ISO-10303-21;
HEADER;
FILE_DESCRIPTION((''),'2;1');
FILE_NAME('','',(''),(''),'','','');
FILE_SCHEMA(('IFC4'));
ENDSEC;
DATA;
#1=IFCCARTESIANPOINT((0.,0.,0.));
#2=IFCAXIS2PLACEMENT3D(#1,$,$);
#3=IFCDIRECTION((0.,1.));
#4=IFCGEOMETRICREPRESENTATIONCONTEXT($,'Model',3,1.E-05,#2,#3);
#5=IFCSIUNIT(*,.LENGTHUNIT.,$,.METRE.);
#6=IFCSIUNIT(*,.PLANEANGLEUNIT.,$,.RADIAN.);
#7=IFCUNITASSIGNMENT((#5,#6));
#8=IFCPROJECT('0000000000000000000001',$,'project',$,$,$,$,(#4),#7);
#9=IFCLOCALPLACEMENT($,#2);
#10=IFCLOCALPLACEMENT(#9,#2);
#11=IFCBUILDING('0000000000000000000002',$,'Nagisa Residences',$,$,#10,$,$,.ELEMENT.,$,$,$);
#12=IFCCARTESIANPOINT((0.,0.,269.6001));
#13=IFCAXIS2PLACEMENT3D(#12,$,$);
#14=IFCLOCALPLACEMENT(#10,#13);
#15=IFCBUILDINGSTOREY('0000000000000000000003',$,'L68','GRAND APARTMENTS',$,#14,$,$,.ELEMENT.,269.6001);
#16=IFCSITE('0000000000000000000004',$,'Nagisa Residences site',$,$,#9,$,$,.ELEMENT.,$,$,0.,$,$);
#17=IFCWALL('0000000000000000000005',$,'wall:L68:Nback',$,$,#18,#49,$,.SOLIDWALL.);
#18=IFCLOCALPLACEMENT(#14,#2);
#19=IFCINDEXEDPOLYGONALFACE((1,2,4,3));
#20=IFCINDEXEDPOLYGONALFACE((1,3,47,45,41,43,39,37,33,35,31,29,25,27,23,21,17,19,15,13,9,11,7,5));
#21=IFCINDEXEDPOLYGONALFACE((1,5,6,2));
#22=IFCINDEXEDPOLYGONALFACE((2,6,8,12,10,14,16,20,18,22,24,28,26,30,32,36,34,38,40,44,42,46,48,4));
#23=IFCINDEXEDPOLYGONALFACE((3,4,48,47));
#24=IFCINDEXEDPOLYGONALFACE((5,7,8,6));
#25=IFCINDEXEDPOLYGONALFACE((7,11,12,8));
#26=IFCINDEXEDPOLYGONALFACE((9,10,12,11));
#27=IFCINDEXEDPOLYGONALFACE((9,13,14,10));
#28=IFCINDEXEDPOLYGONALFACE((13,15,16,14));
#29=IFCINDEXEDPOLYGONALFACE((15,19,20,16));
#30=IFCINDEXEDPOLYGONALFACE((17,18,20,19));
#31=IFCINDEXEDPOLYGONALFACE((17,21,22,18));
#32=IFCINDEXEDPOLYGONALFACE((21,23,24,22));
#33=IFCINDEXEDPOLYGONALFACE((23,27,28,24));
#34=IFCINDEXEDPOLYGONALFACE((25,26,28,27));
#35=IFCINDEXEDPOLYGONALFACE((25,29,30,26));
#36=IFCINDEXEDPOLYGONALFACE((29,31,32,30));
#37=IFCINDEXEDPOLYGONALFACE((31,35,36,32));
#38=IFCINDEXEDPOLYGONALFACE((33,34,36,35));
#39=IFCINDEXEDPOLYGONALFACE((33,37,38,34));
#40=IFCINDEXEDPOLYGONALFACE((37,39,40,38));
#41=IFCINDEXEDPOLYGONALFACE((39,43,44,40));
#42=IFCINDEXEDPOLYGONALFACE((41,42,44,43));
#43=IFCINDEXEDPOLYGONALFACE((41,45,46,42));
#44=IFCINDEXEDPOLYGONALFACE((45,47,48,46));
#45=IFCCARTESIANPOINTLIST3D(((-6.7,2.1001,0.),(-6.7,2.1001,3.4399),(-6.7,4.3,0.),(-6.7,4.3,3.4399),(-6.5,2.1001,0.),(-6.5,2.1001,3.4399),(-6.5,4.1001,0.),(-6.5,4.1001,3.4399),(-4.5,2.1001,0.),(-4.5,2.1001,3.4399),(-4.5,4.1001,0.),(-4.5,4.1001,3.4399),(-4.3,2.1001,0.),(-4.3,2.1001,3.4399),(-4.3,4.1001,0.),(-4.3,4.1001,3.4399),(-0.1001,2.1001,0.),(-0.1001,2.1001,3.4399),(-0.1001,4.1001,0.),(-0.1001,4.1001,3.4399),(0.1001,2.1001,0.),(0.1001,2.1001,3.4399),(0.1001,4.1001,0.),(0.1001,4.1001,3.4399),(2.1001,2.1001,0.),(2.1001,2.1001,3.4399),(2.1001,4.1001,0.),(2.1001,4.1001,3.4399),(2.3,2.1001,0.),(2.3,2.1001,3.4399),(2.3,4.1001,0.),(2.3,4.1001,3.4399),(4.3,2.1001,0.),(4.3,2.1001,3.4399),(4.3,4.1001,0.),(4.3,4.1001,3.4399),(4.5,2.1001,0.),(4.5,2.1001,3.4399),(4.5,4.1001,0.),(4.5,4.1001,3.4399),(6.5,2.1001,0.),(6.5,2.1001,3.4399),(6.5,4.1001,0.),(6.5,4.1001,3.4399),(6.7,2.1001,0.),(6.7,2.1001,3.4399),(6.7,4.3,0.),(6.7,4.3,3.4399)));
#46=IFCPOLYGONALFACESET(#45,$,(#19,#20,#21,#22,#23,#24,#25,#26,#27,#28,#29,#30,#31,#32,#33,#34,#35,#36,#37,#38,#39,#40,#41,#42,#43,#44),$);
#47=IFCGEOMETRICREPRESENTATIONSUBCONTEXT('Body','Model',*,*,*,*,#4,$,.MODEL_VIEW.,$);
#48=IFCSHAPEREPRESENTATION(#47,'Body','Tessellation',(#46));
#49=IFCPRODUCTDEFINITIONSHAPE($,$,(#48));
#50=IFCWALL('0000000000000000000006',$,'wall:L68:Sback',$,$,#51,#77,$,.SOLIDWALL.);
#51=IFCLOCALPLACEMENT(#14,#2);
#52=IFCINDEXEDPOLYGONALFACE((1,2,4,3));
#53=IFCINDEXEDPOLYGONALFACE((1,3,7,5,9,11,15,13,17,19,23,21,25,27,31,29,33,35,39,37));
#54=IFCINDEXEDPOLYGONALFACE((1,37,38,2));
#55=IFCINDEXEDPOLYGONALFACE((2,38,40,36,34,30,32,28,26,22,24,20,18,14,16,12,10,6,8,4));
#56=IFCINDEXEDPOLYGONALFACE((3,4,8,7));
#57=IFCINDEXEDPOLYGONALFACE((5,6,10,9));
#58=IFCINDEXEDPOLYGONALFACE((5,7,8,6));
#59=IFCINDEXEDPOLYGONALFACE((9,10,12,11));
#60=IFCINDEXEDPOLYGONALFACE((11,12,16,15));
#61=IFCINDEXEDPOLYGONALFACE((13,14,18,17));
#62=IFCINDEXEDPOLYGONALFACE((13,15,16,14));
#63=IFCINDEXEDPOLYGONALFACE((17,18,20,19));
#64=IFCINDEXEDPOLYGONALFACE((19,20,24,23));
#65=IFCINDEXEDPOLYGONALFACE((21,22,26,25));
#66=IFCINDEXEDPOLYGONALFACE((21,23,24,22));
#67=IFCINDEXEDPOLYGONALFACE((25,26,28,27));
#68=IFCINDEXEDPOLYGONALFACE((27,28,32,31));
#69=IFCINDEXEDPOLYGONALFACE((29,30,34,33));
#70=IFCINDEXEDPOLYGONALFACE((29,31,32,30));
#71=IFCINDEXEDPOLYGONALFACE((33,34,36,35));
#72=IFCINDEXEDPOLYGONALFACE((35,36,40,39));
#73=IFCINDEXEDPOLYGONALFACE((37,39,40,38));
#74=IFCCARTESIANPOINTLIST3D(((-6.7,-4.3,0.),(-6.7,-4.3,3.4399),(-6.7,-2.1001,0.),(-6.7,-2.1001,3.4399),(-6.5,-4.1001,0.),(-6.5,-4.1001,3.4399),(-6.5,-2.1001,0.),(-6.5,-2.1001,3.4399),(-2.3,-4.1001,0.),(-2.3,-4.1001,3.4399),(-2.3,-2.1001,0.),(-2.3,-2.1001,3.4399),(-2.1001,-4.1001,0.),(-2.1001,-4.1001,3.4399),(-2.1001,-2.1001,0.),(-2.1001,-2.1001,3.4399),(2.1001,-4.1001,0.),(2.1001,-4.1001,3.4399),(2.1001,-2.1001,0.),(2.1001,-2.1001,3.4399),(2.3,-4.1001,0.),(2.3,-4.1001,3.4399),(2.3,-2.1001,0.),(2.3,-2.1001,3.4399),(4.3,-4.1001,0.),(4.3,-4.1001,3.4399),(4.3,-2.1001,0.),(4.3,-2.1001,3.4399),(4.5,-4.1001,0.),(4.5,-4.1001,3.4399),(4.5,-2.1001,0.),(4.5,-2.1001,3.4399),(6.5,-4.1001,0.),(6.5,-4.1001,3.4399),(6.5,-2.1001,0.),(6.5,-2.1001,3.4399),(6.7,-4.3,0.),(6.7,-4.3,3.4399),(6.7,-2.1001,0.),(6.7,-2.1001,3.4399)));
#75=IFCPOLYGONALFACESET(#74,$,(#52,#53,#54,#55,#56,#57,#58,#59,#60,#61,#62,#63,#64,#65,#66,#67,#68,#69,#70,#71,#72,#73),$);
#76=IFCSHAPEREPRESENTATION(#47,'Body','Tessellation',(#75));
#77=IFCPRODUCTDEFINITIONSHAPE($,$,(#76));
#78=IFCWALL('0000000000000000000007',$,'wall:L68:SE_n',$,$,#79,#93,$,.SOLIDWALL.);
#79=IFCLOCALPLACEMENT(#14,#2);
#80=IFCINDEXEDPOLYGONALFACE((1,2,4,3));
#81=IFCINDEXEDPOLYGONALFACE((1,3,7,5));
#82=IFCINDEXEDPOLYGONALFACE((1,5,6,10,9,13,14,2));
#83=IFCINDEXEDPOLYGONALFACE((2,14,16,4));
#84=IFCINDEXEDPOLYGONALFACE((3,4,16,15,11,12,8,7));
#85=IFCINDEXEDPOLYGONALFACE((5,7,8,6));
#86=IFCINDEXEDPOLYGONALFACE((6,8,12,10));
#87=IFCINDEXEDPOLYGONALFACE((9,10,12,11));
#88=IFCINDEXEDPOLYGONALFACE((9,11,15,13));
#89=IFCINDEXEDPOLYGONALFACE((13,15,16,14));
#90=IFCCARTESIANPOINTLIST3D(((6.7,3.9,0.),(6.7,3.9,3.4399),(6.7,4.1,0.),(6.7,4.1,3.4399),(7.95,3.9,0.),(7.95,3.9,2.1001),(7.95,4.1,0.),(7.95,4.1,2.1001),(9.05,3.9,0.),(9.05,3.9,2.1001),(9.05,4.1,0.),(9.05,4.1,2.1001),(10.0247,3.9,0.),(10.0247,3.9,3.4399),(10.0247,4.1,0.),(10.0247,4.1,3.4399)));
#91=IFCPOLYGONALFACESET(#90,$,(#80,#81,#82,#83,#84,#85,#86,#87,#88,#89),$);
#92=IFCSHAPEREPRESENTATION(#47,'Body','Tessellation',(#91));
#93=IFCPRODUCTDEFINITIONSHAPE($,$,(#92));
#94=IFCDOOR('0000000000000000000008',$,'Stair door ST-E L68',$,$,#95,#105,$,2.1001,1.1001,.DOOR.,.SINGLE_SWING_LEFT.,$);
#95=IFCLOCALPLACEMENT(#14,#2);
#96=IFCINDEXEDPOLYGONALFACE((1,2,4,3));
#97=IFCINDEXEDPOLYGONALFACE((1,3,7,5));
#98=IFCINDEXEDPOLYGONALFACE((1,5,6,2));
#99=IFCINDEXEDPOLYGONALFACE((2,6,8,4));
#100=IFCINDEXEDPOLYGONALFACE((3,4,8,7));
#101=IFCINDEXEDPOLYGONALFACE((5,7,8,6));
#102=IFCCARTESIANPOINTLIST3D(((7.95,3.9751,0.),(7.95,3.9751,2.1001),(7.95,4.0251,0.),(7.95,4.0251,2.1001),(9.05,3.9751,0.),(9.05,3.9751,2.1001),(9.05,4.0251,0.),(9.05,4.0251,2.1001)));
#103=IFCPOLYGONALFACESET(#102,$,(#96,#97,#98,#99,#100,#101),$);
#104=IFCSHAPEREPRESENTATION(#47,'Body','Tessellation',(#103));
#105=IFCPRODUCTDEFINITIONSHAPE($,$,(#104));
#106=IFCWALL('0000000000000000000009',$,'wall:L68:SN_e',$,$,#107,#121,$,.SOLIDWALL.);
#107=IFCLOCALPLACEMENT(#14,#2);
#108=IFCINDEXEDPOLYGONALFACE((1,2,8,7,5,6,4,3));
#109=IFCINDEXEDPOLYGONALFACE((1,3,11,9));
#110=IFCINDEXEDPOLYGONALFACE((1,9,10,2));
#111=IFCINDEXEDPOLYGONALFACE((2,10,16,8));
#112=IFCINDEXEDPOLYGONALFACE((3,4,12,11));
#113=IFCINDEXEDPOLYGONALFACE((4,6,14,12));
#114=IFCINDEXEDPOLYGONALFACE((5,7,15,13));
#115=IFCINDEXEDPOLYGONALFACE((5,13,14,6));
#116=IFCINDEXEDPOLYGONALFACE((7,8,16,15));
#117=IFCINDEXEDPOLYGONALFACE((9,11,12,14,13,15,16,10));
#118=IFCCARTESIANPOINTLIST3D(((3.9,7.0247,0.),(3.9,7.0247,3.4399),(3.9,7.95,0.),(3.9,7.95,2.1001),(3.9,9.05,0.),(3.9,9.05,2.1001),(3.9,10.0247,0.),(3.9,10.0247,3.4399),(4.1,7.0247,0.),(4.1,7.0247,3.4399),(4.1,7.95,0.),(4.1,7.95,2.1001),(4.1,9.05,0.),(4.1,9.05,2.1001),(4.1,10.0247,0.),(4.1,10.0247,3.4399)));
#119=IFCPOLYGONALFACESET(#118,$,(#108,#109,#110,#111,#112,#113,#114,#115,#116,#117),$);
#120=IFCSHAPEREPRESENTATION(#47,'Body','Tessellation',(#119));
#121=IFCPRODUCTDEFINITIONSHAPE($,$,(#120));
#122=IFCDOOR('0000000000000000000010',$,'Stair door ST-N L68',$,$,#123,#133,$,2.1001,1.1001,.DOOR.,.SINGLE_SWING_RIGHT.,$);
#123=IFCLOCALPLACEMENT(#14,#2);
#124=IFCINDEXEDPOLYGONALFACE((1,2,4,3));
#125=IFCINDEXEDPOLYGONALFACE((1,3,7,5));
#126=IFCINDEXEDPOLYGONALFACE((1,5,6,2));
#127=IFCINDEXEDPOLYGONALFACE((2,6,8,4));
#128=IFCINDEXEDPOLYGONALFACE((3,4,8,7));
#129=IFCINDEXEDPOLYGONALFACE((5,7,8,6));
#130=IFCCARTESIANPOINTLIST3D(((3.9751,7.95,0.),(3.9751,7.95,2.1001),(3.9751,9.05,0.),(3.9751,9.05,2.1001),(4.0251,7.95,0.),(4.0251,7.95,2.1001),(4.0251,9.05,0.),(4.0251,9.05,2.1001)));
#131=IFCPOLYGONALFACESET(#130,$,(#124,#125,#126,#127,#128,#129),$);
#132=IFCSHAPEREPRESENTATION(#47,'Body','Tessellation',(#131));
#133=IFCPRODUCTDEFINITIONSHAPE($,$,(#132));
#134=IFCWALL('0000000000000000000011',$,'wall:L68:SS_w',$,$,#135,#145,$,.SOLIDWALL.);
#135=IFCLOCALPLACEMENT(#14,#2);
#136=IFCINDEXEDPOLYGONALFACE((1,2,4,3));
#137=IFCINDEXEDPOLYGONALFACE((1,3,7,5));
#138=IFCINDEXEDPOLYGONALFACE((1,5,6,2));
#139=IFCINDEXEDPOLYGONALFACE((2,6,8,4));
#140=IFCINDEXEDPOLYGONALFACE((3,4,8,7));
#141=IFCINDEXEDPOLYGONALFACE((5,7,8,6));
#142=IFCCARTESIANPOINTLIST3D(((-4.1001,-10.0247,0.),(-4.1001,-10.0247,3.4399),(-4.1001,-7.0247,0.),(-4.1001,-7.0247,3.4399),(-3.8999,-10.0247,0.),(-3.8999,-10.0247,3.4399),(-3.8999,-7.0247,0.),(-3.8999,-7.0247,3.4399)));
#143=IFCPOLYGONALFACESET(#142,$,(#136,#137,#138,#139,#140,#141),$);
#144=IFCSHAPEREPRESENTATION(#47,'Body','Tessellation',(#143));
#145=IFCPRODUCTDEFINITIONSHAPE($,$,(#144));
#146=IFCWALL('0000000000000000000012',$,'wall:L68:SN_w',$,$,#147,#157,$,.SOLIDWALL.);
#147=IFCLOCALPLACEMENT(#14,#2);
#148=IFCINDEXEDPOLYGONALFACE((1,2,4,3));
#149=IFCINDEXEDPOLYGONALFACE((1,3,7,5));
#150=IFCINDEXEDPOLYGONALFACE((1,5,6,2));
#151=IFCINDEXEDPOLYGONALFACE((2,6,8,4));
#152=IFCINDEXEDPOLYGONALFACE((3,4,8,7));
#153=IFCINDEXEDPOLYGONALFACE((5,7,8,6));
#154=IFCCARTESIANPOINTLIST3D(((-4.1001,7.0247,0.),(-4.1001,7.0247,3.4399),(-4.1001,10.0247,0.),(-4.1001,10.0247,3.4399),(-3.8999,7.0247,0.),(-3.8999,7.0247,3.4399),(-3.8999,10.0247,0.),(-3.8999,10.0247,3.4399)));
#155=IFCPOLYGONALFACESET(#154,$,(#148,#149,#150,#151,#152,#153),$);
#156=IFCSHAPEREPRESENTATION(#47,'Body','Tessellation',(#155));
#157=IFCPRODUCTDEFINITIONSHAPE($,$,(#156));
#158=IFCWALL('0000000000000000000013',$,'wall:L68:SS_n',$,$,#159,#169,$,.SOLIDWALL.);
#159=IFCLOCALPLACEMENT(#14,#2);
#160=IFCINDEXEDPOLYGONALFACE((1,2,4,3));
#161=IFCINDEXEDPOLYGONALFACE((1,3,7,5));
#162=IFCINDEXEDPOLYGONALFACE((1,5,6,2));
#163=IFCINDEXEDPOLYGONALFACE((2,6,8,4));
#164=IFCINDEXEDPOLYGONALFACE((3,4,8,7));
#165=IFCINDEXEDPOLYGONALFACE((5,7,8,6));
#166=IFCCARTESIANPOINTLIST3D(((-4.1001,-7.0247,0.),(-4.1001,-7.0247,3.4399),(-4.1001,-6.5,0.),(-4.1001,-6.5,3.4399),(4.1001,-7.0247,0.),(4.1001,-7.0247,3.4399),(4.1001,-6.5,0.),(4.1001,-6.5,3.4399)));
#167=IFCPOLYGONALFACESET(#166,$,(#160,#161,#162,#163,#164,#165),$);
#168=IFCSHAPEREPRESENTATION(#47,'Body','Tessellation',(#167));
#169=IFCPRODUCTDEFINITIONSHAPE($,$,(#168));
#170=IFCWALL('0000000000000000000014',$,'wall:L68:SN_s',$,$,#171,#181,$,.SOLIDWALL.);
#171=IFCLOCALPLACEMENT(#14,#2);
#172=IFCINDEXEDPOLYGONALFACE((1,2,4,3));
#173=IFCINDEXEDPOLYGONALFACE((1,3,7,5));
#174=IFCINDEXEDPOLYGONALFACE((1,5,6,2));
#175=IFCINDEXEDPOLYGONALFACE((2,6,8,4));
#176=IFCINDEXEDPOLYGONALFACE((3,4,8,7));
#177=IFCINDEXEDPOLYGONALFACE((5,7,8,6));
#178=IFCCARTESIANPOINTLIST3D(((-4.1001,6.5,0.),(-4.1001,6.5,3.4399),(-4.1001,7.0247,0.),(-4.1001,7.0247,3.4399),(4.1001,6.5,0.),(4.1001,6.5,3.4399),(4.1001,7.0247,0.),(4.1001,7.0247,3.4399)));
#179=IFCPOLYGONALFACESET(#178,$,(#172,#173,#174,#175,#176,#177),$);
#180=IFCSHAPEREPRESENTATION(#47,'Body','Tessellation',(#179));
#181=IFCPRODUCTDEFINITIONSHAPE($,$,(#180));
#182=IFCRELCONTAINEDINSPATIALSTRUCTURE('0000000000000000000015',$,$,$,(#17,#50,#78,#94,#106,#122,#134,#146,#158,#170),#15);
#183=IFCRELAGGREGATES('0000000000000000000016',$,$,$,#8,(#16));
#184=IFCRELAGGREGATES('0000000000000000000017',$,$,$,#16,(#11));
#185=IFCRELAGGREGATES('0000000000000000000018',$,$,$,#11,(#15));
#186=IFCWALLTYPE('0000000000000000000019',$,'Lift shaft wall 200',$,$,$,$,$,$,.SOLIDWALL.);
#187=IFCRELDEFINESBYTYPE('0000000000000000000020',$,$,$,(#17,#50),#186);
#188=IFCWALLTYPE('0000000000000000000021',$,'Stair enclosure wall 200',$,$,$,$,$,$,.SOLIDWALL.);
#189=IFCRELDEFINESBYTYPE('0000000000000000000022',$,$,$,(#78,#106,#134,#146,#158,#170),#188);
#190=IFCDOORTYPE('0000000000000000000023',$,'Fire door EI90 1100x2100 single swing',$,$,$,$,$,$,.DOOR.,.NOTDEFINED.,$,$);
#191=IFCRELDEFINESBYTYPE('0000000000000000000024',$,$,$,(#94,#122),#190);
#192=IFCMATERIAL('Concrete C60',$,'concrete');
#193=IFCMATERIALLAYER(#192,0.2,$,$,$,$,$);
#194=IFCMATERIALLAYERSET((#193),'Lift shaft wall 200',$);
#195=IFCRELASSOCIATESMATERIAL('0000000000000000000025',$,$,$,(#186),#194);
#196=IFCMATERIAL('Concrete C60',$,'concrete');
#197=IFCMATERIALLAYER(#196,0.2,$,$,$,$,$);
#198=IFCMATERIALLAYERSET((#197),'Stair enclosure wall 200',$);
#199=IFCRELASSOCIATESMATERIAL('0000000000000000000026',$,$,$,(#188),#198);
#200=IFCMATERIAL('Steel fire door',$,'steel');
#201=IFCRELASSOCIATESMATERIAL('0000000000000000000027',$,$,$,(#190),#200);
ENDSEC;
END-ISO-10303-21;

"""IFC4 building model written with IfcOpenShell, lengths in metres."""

from ifc_helpers import new_model, si_unit, direction, frame, frame_2d, origin, place, context, subcontext, project, spatial, polyline, rectangle, outline, extrude, material, layer, layer_set, type_object, element, fill, save


model = new_model("IFC4")

# Units and contexts
model_context = context("Model", 3, precision=1e-05, world=origin(), true_north=direction((0.0, 1.0)))
body_context = subcontext(model_context, "Body", "Model", "MODEL_VIEW")
ifc_project = project(units=[si_unit("LENGTHUNIT", "METRE"), si_unit("PLANEANGLEUNIT", "RADIAN")], contexts=[model_context])

# Site, building, storey
site_placement = place(None, origin())
site = spatial("IfcSite", under=ifc_project, at=site_placement, Name="Nagisa Residences site", CompositionType="ELEMENT", RefElevation=0.0)
building_placement = place(site_placement, origin())
building = spatial("IfcBuilding", under=site, at=building_placement, Name="Nagisa Residences", CompositionType="ELEMENT")
storey_placement = place(building_placement, frame((0.0, 0.0, 269.6001)))
storey = spatial("IfcBuildingStorey", under=building, at=storey_placement, Name="L68", Description="GRAND APARTMENTS", CompositionType="ELEMENT", Elevation=269.6001)

# Shared definitions
ifc_material_1 = material(Name="Concrete C60", Category="concrete")
ifc_layer_1 = layer(ifc_material_1, 0.2)
ifc_layer_set_1 = layer_set([ifc_layer_1], Name="Lift shaft wall 200")
wall_type_1 = type_object("IfcWallType", Name="Lift shaft wall 200", PredefinedType="SOLIDWALL", material=ifc_layer_set_1)

# Walls
wall_1_placement = place(storey_placement, origin())
element("IfcWall", 1, at=wall_1_placement, inside=storey, type_object=wall_type_1, Name="wall:L68:Nback", PredefinedType="SOLIDWALL", context=body_context, shape_type="SweptSolid", body=[
    extrude(outline(polyline([(-6.7, 4.3), (6.7, 4.3), (6.7, 2.1001), (6.5, 2.1001), (6.5, 4.1001), (4.5, 4.1001), (4.5, 2.1001), (4.3, 2.1001), (4.3, 4.1001), (2.3, 4.1001), (2.3, 2.1001), (2.1001, 2.1001), (2.1001, 4.1001), (0.1001, 4.1001), (0.1001, 2.1001), (-0.1001, 2.1001), (-0.1001, 4.1001), (-4.3, 4.1001), (-4.3, 2.1001), (-4.5, 2.1001), (-4.5, 4.1001), (-6.5, 4.1001), (-6.5, 2.1001), (-6.7, 2.1001), (-6.7, 4.3)])), origin(), (0.0, 0.0, 1.0), 3.4399),
])
wall_2_placement = place(storey_placement, origin())
element("IfcWall", 2, at=wall_2_placement, inside=storey, type_object=wall_type_1, Name="wall:L68:Sback", PredefinedType="SOLIDWALL", context=body_context, shape_type="SweptSolid", body=[
    extrude(outline(polyline([(-6.7, -2.1001), (-6.5, -2.1001), (-6.5, -4.1001), (-2.3, -4.1001), (-2.3, -2.1001), (-2.1001, -2.1001), (-2.1001, -4.1001), (2.1001, -4.1001), (2.1001, -2.1001), (2.3, -2.1001), (2.3, -4.1001), (4.3, -4.1001), (4.3, -2.1001), (4.5, -2.1001), (4.5, -4.1001), (6.5, -4.1001), (6.5, -2.1001), (6.7, -2.1001), (6.7, -4.3), (-6.7, -4.3), (-6.7, -2.1001)])), origin(), (0.0, 0.0, 1.0), 3.4399),
])

# Walls, openings, doors
ifc_material_2 = material(Name="Concrete C60", Category="concrete")
ifc_layer_2 = layer(ifc_material_2, 0.2)
ifc_layer_set_2 = layer_set([ifc_layer_2], Name="Stair enclosure wall 200")
wall_type_2 = type_object("IfcWallType", Name="Stair enclosure wall 200", PredefinedType="SOLIDWALL", material=ifc_layer_set_2)
wall_3_placement = place(storey_placement, frame((6.7, 4.0, 0.0), z_axis=(0.0, 0.0, 1.0), x_axis=(1.0, 0.0, 0.0)))
wall_3 = element("IfcWall", 3, at=wall_3_placement, inside=storey, type_object=wall_type_2, Name="wall:L68:SE_n", PredefinedType="SOLIDWALL", context=body_context, shape_type="SweptSolid", body=[
    extrude(rectangle(XDim=3.3247, YDim=0.2, at=frame_2d((1.6624, 0.0))), origin(), (0.0, 0.0, 1.0), 3.4399),
])
opening_1_placement = place(wall_3_placement, frame((1.25, 0.0, 0.0)))
opening_1 = element("IfcOpeningElement", 4, at=opening_1_placement, cuts=wall_3, PredefinedType="OPENING", context=body_context, shape_type="SweptSolid", body=[
    extrude(rectangle(XDim=1.1001, YDim=2.1001, at=frame_2d((0.55, 1.05))), frame((0.0, 0.1099, 0.0), z_axis=(0.0, -1.0, 0.0), x_axis=(1.0, 0.0, 0.0)), (0.0, 0.0, 1.0), 0.22),
])
ifc_material_3 = material(Name="Steel fire door", Category="steel")
door_type_1 = type_object("IfcDoorType", Name="Fire door EI90 1100x2100 single swing", OperationType="NOTDEFINED", PredefinedType="DOOR", material=ifc_material_3)
door_1_placement = place(opening_1_placement, frame((1.1001, 0.0, 0.0), x_axis=(-1.0, 0.0, 0.0)))
door_1 = element("IfcDoor", 5, at=door_1_placement, inside=storey, type_object=door_type_1, Name="Stair door ST-E L68", OperationType="SINGLE_SWING_LEFT", OverallHeight=2.1001, OverallWidth=1.1001, PredefinedType="DOOR", context=body_context, shape_type="SweptSolid", body=[
    extrude(rectangle(XDim=1.1001, YDim=2.1001, at=frame_2d((0.55, 1.05))), frame((0.0, 0.0249, 0.0), z_axis=(0.0, -1.0, 0.0), x_axis=(1.0, 0.0, 0.0)), (0.0, 0.0, 1.0), 0.05),
])
fill(opening_1, door_1)
wall_4_placement = place(storey_placement, frame((4.0, 7.0247, 0.0), z_axis=(0.0, 0.0, 1.0), x_axis=(0.0, 1.0, 0.0)))
wall_4 = element("IfcWall", 6, at=wall_4_placement, inside=storey, type_object=wall_type_2, Name="wall:L68:SN_e", PredefinedType="SOLIDWALL", context=body_context, shape_type="SweptSolid", body=[
    extrude(rectangle(XDim=3.0, YDim=0.2, at=frame_2d((1.5, 0.0))), origin(), (0.0, 0.0, 1.0), 3.4399),
])
opening_2_placement = place(wall_4_placement, frame((0.9253, 0.0, 0.0)))
opening_2 = element("IfcOpeningElement", 7, at=opening_2_placement, cuts=wall_4, PredefinedType="OPENING", context=body_context, shape_type="SweptSolid", body=[
    extrude(rectangle(XDim=1.1001, YDim=2.1001, at=frame_2d((0.55, 1.05))), frame((0.0, 0.1099, 0.0), z_axis=(0.0, -1.0, 0.0), x_axis=(1.0, 0.0, 0.0)), (0.0, 0.0, 1.0), 0.22),
])
door_2_placement = place(opening_2_placement, origin())
door_2 = element("IfcDoor", 8, at=door_2_placement, inside=storey, type_object=door_type_1, Name="Stair door ST-N L68", OperationType="SINGLE_SWING_RIGHT", OverallHeight=2.1001, OverallWidth=1.1001, PredefinedType="DOOR", context=body_context, shape_type="SweptSolid", body=[
    extrude(rectangle(XDim=1.1001, YDim=2.1001, at=frame_2d((0.55, 1.05))), frame((0.0, 0.0249, 0.0), z_axis=(0.0, -1.0, 0.0), x_axis=(1.0, 0.0, 0.0)), (0.0, 0.0, 1.0), 0.05),
])
fill(opening_2, door_2)

# Walls
wall_5_placement = place(storey_placement, origin())
element("IfcWall", 9, at=wall_5_placement, inside=storey, type_object=wall_type_2, Name="wall:L68:SS_w", PredefinedType="SOLIDWALL", context=body_context, shape_type="SweptSolid", body=[
    extrude(outline(polyline([(-3.8999, -10.0247), (-4.1001, -10.0247), (-4.1001, -7.0247), (-3.8999, -7.0247), (-3.8999, -10.0247)])), origin(), (0.0, 0.0, 1.0), 3.4399),
])
wall_6_placement = place(storey_placement, origin())
element("IfcWall", 10, at=wall_6_placement, inside=storey, type_object=wall_type_2, Name="wall:L68:SN_w", PredefinedType="SOLIDWALL", context=body_context, shape_type="SweptSolid", body=[
    extrude(outline(polyline([(-3.8999, 7.0247), (-4.1001, 7.0247), (-4.1001, 10.0247), (-3.8999, 10.0247), (-3.8999, 7.0247)])), origin(), (0.0, 0.0, 1.0), 3.4399),
])
wall_7_placement = place(storey_placement, origin())
element("IfcWall", 11, at=wall_7_placement, inside=storey, type_object=wall_type_2, Name="wall:L68:SS_n", PredefinedType="SOLIDWALL", context=body_context, shape_type="SweptSolid", body=[
    extrude(outline(polyline([(4.1001, -7.0247), (-4.1001, -7.0247), (-4.1001, -6.5), (4.1001, -6.5), (4.1001, -7.0247)])), origin(), (0.0, 0.0, 1.0), 3.4399),
])
wall_8_placement = place(storey_placement, origin())
element("IfcWall", 12, at=wall_8_placement, inside=storey, type_object=wall_type_2, Name="wall:L68:SN_s", PredefinedType="SOLIDWALL", context=body_context, shape_type="SweptSolid", body=[
    extrude(outline(polyline([(4.1001, 6.5), (-4.1001, 6.5), (-4.1001, 7.0247), (4.1001, 7.0247), (4.1001, 6.5)])), origin(), (0.0, 0.0, 1.0), 3.4399),
])

save(model, "model.ifc")
